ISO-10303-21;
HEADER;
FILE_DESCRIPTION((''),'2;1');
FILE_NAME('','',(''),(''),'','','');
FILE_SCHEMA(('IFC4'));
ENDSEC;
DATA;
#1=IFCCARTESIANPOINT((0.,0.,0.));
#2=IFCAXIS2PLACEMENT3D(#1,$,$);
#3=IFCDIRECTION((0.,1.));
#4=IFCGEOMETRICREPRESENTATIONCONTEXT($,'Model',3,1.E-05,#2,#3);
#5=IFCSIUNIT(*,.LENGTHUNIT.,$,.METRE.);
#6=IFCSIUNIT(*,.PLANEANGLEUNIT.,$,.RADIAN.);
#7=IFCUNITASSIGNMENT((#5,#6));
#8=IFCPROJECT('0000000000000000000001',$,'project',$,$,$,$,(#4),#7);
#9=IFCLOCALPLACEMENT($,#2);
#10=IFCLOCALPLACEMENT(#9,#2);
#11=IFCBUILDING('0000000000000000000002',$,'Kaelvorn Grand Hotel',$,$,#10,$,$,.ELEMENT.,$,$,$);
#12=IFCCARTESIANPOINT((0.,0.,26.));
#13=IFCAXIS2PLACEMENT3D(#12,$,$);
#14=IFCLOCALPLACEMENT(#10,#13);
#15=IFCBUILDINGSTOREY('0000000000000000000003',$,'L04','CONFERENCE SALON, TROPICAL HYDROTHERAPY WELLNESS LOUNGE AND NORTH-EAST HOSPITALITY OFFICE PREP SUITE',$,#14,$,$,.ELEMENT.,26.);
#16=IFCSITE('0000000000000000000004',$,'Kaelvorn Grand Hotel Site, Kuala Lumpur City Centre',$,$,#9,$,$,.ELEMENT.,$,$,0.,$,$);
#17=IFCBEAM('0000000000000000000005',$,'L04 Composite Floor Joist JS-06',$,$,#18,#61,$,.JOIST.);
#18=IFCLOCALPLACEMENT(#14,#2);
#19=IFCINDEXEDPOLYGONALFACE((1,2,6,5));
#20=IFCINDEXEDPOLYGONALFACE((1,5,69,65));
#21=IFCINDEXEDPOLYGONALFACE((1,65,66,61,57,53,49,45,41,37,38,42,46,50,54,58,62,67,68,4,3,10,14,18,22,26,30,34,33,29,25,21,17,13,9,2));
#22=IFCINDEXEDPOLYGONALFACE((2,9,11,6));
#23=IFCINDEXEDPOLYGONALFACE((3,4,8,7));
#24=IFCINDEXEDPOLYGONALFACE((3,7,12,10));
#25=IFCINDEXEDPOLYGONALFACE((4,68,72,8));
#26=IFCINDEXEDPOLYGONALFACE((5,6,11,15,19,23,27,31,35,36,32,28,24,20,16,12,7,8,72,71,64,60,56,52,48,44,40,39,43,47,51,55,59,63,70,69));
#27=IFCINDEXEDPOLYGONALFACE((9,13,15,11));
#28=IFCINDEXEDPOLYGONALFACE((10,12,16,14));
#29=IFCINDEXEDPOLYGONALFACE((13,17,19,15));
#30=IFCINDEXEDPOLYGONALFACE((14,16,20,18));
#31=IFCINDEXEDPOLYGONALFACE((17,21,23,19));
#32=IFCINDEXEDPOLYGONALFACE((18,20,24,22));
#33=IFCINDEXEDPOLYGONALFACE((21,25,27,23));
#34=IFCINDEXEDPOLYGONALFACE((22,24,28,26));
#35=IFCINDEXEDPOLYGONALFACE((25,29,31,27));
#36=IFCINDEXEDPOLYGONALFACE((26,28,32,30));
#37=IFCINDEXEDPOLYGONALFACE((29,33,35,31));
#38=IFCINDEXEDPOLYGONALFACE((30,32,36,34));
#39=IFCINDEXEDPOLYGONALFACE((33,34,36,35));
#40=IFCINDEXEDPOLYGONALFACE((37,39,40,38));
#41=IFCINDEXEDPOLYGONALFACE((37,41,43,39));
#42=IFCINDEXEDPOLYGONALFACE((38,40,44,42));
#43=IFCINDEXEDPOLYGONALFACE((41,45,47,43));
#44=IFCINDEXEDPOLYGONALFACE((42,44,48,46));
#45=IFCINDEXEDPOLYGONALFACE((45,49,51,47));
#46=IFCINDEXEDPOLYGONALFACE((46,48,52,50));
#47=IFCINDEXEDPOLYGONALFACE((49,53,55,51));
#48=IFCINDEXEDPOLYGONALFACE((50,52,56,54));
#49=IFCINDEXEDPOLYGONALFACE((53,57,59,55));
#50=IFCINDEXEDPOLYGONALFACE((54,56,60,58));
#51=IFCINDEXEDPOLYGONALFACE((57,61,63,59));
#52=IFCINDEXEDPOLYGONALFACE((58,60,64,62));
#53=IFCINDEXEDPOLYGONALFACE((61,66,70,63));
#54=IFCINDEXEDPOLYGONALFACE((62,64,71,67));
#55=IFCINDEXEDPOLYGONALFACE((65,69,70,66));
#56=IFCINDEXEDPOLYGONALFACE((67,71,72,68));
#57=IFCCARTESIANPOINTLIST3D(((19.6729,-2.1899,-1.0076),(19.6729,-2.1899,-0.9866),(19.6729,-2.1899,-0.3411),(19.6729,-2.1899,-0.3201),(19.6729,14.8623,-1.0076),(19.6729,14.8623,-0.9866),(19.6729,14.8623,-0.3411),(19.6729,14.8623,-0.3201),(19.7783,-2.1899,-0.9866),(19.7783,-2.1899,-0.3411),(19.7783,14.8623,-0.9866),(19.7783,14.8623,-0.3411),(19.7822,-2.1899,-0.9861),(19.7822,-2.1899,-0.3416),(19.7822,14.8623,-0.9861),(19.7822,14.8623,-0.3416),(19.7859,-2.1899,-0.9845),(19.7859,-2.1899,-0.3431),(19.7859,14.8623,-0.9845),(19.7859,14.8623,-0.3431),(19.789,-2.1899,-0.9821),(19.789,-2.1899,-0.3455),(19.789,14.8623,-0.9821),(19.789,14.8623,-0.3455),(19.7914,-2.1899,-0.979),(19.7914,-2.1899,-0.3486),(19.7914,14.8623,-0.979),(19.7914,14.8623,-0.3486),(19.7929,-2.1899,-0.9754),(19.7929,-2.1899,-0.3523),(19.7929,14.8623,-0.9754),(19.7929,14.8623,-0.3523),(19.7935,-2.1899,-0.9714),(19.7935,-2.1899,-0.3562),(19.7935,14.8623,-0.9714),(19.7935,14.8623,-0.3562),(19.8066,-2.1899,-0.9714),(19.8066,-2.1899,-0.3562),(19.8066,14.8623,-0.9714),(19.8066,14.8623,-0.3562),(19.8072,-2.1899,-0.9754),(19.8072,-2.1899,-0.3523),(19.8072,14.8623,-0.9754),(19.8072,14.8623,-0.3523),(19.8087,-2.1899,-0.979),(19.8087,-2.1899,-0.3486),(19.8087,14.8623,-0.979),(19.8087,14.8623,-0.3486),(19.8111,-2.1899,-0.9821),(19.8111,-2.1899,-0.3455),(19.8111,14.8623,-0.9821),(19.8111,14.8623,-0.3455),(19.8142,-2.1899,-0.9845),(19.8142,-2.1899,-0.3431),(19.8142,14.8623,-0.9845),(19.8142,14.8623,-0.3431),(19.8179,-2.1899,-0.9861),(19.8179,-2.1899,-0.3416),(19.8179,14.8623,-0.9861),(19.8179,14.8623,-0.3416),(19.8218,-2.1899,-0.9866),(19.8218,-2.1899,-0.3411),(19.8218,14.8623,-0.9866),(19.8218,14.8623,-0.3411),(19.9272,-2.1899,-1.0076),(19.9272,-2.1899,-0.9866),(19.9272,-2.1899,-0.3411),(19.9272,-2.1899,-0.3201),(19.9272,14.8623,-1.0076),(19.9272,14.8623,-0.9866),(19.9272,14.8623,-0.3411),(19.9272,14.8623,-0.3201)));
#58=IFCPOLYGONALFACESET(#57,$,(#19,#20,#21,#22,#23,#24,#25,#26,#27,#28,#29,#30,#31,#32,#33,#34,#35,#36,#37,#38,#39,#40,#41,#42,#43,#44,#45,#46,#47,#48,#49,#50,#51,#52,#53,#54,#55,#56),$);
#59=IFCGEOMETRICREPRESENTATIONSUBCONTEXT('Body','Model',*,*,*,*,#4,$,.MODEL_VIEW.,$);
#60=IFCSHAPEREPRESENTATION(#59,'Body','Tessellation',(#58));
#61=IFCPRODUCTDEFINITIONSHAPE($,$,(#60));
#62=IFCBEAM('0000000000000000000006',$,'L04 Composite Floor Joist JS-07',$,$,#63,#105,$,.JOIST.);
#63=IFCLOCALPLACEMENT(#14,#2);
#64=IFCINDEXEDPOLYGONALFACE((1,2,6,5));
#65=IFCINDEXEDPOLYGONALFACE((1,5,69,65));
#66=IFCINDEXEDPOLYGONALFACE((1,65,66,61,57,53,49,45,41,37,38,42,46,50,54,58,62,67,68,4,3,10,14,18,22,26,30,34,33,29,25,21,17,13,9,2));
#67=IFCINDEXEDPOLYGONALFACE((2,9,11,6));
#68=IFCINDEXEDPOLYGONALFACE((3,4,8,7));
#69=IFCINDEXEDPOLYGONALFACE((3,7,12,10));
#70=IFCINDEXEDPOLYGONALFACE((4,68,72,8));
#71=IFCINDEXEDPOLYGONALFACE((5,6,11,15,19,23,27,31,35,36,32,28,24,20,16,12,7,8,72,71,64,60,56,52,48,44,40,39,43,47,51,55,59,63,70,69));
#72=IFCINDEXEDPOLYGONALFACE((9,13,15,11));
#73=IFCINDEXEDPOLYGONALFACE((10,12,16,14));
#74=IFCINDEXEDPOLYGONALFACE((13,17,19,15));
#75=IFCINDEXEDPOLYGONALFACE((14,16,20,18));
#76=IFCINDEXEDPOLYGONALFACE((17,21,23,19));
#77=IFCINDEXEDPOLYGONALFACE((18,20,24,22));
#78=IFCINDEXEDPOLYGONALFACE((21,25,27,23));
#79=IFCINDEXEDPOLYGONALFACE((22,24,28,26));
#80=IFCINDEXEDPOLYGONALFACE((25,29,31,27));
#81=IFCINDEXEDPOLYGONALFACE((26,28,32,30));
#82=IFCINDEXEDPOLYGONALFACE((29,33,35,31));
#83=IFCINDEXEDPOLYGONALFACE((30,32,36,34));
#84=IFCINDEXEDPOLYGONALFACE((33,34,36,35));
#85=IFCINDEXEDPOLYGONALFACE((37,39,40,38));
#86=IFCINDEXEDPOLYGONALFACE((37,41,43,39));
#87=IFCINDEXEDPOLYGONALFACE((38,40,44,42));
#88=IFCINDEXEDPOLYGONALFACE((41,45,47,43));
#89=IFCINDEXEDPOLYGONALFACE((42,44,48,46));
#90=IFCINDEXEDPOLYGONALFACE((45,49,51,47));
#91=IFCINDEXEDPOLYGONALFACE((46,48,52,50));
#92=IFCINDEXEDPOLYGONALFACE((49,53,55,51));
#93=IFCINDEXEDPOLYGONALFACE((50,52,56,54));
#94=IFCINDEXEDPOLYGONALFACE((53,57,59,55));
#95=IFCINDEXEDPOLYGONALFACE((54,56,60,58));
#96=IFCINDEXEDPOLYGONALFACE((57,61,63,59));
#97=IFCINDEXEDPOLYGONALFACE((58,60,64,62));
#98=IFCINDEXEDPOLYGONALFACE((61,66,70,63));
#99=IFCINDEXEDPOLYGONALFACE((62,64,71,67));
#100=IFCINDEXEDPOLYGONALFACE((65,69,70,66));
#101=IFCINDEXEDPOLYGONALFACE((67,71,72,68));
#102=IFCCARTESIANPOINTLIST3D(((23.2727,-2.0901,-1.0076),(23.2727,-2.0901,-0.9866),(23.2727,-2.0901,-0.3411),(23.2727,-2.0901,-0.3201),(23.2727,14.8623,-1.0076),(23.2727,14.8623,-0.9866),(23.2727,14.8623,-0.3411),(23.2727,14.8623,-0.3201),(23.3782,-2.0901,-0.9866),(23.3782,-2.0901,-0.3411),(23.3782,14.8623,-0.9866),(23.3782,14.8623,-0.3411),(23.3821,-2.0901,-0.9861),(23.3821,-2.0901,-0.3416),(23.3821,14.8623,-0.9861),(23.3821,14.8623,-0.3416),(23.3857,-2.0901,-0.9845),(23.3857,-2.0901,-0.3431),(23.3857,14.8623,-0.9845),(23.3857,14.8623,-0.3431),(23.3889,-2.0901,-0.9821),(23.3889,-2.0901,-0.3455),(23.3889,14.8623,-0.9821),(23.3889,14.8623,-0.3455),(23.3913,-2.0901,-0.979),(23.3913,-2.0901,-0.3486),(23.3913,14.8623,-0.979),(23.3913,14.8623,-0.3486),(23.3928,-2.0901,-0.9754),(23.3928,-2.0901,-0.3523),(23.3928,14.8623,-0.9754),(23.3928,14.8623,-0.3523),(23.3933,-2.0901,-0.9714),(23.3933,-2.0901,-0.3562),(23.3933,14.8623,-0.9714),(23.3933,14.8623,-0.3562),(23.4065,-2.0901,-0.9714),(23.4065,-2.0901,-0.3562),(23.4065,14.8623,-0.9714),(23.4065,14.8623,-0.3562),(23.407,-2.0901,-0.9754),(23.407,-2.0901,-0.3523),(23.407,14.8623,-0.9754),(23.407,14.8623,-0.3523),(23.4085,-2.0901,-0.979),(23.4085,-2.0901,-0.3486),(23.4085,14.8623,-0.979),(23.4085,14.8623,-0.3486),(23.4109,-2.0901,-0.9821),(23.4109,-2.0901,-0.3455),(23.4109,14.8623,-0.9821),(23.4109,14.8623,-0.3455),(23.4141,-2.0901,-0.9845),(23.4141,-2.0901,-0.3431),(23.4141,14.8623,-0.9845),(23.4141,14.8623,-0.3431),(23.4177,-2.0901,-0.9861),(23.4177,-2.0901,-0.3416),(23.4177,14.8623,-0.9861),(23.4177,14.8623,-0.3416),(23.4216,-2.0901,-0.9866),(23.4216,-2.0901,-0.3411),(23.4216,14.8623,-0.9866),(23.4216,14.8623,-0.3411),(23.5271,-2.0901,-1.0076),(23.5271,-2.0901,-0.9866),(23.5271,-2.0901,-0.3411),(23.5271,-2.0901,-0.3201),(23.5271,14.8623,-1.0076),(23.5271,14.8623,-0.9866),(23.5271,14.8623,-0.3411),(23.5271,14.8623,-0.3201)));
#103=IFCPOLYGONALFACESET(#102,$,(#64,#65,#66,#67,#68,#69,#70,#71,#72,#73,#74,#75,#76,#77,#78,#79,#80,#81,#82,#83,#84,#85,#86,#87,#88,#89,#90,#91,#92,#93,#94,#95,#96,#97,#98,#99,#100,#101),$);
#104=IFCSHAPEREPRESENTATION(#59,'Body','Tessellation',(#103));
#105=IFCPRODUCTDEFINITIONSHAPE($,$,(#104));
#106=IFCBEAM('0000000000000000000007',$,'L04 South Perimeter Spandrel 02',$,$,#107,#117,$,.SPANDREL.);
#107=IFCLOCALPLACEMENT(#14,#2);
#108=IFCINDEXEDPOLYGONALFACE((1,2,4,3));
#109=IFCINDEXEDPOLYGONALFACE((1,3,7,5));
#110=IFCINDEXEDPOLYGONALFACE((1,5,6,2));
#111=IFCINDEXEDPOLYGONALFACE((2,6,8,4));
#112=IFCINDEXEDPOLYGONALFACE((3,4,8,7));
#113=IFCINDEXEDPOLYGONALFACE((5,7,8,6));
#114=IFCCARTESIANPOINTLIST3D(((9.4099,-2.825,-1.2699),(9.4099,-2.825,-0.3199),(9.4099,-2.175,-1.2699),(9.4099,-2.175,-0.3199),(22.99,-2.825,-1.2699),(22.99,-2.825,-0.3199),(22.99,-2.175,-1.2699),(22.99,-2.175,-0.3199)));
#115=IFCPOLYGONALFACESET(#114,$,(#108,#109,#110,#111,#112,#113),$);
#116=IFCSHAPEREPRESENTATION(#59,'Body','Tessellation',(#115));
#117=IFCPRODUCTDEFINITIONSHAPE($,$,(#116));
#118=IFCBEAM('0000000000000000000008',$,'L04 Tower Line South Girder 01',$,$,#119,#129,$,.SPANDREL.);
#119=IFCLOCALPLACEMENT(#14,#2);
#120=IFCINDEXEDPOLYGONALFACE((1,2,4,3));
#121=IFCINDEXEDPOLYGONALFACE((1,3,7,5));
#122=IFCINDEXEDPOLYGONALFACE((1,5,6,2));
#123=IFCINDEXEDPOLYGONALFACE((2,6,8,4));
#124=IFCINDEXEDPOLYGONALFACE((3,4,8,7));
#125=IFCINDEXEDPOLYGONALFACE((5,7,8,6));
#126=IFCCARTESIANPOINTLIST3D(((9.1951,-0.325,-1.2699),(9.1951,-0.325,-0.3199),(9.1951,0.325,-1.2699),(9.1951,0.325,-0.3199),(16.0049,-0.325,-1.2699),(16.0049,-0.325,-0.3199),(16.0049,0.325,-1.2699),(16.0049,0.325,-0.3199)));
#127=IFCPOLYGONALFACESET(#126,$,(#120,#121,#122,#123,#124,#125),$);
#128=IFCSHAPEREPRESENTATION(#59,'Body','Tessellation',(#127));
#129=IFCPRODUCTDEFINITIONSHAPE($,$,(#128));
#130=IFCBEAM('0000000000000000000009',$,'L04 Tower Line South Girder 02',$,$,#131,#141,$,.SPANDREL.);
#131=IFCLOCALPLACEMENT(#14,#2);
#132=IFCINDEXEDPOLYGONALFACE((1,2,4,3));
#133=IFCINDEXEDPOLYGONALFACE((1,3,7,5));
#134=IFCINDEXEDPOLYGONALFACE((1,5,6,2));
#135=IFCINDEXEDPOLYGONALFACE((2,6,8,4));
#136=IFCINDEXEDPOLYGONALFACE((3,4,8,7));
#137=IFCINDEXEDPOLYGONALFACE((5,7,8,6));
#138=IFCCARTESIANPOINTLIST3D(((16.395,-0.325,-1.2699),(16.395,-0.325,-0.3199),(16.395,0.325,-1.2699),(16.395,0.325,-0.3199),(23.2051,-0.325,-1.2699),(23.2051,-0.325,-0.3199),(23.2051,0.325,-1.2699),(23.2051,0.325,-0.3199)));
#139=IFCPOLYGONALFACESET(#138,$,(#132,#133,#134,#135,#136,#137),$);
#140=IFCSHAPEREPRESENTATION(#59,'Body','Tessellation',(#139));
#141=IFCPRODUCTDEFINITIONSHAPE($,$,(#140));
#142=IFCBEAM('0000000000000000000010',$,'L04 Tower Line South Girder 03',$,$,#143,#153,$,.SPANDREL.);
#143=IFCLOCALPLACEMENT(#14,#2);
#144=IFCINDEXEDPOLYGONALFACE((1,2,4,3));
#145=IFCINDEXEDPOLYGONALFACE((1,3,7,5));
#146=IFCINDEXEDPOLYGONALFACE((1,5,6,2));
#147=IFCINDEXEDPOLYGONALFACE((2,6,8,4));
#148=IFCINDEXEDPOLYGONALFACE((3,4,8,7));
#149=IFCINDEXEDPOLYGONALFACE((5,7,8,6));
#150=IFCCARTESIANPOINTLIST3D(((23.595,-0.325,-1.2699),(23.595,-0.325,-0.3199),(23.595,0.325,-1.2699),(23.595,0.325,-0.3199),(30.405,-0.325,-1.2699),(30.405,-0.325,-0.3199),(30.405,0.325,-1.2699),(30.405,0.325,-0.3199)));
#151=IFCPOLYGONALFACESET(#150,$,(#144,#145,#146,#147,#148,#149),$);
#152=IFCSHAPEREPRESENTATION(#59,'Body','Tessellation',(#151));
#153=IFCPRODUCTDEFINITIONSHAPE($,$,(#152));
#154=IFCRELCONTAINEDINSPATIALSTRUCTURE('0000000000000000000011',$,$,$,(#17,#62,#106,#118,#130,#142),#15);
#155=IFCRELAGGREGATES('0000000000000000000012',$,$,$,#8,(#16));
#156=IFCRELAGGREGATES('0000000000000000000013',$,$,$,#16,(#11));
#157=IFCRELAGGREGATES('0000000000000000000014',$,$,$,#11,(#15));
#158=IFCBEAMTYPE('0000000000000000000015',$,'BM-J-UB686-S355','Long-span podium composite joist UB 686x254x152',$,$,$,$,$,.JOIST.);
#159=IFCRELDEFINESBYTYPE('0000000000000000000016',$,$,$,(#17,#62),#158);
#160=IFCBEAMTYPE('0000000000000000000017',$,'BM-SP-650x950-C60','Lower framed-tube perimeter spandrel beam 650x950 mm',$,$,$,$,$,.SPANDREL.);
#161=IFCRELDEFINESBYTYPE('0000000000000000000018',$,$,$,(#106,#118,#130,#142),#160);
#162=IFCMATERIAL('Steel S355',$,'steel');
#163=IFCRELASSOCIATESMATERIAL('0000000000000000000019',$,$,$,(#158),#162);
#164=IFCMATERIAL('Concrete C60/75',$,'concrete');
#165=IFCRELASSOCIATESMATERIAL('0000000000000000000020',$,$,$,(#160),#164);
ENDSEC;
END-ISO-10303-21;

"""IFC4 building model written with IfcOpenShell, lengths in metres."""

from ifc_helpers import new_model, si_unit, direction, frame, origin, origin_2d, place, context, subcontext, project, spatial, rectangle, i_section, extrude, material, material_profile, profile_set, type_object, element, save


model = new_model("IFC4")

# Units and contexts
model_context = context("Model", 3, precision=1e-05, world=origin(), true_north=direction((0.0, 1.0)))
body_context = subcontext(model_context, "Body", "Model", "MODEL_VIEW")
ifc_project = project(units=[si_unit("LENGTHUNIT", "METRE"), si_unit("PLANEANGLEUNIT", "RADIAN")], contexts=[model_context])

# Site, building, storey
site_placement = place(None, origin())
site = spatial("IfcSite", under=ifc_project, at=site_placement, Name="Kaelvorn Grand Hotel Site, Kuala Lumpur City Centre", CompositionType="ELEMENT", RefElevation=0.0)
building_placement = place(site_placement, origin())
building = spatial("IfcBuilding", under=site, at=building_placement, Name="Kaelvorn Grand Hotel", CompositionType="ELEMENT")
storey_placement = place(building_placement, frame((0.0, 0.0, 26.0)))
storey = spatial("IfcBuildingStorey", under=building, at=storey_placement, Name="L04", Description="CONFERENCE SALON, TROPICAL HYDROTHERAPY WELLNESS LOUNGE AND NORTH-EAST HOSPITALITY OFFICE PREP SUITE", CompositionType="ELEMENT", Elevation=26.0)

# Beams
ifc_material_1 = material(Name="Steel S355", Category="steel")
ifc_material_profile_1 = material_profile(ifc_material_1, i_section(OverallWidth=0.2544, OverallDepth=0.6875, WebThickness=0.0132, FlangeThickness=0.021, FilletRadius=0.0151, at=origin_2d()), Name="UB 686x254x152")
ifc_profile_set_1 = profile_set([ifc_material_profile_1], Name="Steel S355")
beam_type_1 = type_object("IfcBeamType", Name="BM-J-UB686-S355", Description="Long-span podium composite joist UB 686x254x152", PredefinedType="JOIST", material=ifc_profile_set_1)
beam_1_placement = place(storey_placement, frame((19.8, -2.1899, -0.6638), z_axis=(0.0, 1.0, 0.0), x_axis=(-1.0, 0.0, 0.0)))
element("IfcBeam", 1, at=beam_1_placement, inside=storey, type_object=beam_type_1, Name="L04 Composite Floor Joist JS-06", PredefinedType="JOIST", context=body_context, shape_type="SweptSolid", body=[
    extrude(i_section(OverallWidth=0.2544, OverallDepth=0.6875, WebThickness=0.0132, FlangeThickness=0.021, FilletRadius=0.0151, at=origin_2d()), origin(), (0.0, 0.0, 1.0), 17.0522),
])
beam_2_placement = place(storey_placement, frame((23.3999, -2.0901, -0.6638), z_axis=(0.0, 1.0, 0.0), x_axis=(-1.0, 0.0, 0.0)))
element("IfcBeam", 2, at=beam_2_placement, inside=storey, type_object=beam_type_1, Name="L04 Composite Floor Joist JS-07", PredefinedType="JOIST", context=body_context, shape_type="SweptSolid", body=[
    extrude(i_section(OverallWidth=0.2544, OverallDepth=0.6875, WebThickness=0.0132, FlangeThickness=0.021, FilletRadius=0.0151, at=origin_2d()), origin(), (0.0, 0.0, 1.0), 16.9524),
])
ifc_material_2 = material(Name="Concrete C60/75", Category="concrete")
ifc_material_profile_2 = material_profile(ifc_material_2, rectangle(XDim=0.6499, YDim=0.95, at=origin_2d()), Name="RC SPANDREL 650x950")
ifc_profile_set_2 = profile_set([ifc_material_profile_2], Name="Concrete C60/75")
beam_type_2 = type_object("IfcBeamType", Name="BM-SP-650x950-C60", Description="Lower framed-tube perimeter spandrel beam 650x950 mm", PredefinedType="SPANDREL", material=ifc_profile_set_2)
beam_3_placement = place(storey_placement, frame((9.4099, -2.5, -0.7949), z_axis=(1.0, 0.0, 0.0), x_axis=(0.0, 1.0, 0.0)))
element("IfcBeam", 3, at=beam_3_placement, inside=storey, type_object=beam_type_2, Name="L04 South Perimeter Spandrel 02", PredefinedType="SPANDREL", context=body_context, shape_type="SweptSolid", body=[
    extrude(rectangle(XDim=0.6499, YDim=0.95, at=origin_2d()), origin(), (0.0, 0.0, 1.0), 13.5801),
])
beam_4_placement = place(storey_placement, frame((9.1951, 0.0, -0.7949), z_axis=(1.0, 0.0, 0.0), x_axis=(0.0, 1.0, 0.0)))
element("IfcBeam", 4, at=beam_4_placement, inside=storey, type_object=beam_type_2, Name="L04 Tower Line South Girder 01", PredefinedType="SPANDREL", context=body_context, shape_type="SweptSolid", body=[
    extrude(rectangle(XDim=0.6499, YDim=0.95, at=origin_2d()), origin(), (0.0, 0.0, 1.0), 6.8098),
])
for number, where, z_axis, x_axis, name in (
    (5, (16.395, 0.0, -0.7949), (1.0, 0.0, 0.0), (0.0, 1.0, 0.0), "L04 Tower Line South Girder 02"),
    (6, (23.595, 0.0, -0.7949), (1.0, 0.0, 0.0), (0.0, 1.0, 0.0), "L04 Tower Line South Girder 03"),
):
    element("IfcBeam", number, at=place(storey_placement, frame(where, z_axis=z_axis, x_axis=x_axis)), inside=storey, type_object=beam_type_2, Name=name, PredefinedType="SPANDREL", context=body_context, shape_type="SweptSolid", body=[
        extrude(rectangle(XDim=0.6499, YDim=0.95, at=origin_2d()), origin(), (0.0, 0.0, 1.0), 6.8101),
    ])

save(model, "model.ifc")
